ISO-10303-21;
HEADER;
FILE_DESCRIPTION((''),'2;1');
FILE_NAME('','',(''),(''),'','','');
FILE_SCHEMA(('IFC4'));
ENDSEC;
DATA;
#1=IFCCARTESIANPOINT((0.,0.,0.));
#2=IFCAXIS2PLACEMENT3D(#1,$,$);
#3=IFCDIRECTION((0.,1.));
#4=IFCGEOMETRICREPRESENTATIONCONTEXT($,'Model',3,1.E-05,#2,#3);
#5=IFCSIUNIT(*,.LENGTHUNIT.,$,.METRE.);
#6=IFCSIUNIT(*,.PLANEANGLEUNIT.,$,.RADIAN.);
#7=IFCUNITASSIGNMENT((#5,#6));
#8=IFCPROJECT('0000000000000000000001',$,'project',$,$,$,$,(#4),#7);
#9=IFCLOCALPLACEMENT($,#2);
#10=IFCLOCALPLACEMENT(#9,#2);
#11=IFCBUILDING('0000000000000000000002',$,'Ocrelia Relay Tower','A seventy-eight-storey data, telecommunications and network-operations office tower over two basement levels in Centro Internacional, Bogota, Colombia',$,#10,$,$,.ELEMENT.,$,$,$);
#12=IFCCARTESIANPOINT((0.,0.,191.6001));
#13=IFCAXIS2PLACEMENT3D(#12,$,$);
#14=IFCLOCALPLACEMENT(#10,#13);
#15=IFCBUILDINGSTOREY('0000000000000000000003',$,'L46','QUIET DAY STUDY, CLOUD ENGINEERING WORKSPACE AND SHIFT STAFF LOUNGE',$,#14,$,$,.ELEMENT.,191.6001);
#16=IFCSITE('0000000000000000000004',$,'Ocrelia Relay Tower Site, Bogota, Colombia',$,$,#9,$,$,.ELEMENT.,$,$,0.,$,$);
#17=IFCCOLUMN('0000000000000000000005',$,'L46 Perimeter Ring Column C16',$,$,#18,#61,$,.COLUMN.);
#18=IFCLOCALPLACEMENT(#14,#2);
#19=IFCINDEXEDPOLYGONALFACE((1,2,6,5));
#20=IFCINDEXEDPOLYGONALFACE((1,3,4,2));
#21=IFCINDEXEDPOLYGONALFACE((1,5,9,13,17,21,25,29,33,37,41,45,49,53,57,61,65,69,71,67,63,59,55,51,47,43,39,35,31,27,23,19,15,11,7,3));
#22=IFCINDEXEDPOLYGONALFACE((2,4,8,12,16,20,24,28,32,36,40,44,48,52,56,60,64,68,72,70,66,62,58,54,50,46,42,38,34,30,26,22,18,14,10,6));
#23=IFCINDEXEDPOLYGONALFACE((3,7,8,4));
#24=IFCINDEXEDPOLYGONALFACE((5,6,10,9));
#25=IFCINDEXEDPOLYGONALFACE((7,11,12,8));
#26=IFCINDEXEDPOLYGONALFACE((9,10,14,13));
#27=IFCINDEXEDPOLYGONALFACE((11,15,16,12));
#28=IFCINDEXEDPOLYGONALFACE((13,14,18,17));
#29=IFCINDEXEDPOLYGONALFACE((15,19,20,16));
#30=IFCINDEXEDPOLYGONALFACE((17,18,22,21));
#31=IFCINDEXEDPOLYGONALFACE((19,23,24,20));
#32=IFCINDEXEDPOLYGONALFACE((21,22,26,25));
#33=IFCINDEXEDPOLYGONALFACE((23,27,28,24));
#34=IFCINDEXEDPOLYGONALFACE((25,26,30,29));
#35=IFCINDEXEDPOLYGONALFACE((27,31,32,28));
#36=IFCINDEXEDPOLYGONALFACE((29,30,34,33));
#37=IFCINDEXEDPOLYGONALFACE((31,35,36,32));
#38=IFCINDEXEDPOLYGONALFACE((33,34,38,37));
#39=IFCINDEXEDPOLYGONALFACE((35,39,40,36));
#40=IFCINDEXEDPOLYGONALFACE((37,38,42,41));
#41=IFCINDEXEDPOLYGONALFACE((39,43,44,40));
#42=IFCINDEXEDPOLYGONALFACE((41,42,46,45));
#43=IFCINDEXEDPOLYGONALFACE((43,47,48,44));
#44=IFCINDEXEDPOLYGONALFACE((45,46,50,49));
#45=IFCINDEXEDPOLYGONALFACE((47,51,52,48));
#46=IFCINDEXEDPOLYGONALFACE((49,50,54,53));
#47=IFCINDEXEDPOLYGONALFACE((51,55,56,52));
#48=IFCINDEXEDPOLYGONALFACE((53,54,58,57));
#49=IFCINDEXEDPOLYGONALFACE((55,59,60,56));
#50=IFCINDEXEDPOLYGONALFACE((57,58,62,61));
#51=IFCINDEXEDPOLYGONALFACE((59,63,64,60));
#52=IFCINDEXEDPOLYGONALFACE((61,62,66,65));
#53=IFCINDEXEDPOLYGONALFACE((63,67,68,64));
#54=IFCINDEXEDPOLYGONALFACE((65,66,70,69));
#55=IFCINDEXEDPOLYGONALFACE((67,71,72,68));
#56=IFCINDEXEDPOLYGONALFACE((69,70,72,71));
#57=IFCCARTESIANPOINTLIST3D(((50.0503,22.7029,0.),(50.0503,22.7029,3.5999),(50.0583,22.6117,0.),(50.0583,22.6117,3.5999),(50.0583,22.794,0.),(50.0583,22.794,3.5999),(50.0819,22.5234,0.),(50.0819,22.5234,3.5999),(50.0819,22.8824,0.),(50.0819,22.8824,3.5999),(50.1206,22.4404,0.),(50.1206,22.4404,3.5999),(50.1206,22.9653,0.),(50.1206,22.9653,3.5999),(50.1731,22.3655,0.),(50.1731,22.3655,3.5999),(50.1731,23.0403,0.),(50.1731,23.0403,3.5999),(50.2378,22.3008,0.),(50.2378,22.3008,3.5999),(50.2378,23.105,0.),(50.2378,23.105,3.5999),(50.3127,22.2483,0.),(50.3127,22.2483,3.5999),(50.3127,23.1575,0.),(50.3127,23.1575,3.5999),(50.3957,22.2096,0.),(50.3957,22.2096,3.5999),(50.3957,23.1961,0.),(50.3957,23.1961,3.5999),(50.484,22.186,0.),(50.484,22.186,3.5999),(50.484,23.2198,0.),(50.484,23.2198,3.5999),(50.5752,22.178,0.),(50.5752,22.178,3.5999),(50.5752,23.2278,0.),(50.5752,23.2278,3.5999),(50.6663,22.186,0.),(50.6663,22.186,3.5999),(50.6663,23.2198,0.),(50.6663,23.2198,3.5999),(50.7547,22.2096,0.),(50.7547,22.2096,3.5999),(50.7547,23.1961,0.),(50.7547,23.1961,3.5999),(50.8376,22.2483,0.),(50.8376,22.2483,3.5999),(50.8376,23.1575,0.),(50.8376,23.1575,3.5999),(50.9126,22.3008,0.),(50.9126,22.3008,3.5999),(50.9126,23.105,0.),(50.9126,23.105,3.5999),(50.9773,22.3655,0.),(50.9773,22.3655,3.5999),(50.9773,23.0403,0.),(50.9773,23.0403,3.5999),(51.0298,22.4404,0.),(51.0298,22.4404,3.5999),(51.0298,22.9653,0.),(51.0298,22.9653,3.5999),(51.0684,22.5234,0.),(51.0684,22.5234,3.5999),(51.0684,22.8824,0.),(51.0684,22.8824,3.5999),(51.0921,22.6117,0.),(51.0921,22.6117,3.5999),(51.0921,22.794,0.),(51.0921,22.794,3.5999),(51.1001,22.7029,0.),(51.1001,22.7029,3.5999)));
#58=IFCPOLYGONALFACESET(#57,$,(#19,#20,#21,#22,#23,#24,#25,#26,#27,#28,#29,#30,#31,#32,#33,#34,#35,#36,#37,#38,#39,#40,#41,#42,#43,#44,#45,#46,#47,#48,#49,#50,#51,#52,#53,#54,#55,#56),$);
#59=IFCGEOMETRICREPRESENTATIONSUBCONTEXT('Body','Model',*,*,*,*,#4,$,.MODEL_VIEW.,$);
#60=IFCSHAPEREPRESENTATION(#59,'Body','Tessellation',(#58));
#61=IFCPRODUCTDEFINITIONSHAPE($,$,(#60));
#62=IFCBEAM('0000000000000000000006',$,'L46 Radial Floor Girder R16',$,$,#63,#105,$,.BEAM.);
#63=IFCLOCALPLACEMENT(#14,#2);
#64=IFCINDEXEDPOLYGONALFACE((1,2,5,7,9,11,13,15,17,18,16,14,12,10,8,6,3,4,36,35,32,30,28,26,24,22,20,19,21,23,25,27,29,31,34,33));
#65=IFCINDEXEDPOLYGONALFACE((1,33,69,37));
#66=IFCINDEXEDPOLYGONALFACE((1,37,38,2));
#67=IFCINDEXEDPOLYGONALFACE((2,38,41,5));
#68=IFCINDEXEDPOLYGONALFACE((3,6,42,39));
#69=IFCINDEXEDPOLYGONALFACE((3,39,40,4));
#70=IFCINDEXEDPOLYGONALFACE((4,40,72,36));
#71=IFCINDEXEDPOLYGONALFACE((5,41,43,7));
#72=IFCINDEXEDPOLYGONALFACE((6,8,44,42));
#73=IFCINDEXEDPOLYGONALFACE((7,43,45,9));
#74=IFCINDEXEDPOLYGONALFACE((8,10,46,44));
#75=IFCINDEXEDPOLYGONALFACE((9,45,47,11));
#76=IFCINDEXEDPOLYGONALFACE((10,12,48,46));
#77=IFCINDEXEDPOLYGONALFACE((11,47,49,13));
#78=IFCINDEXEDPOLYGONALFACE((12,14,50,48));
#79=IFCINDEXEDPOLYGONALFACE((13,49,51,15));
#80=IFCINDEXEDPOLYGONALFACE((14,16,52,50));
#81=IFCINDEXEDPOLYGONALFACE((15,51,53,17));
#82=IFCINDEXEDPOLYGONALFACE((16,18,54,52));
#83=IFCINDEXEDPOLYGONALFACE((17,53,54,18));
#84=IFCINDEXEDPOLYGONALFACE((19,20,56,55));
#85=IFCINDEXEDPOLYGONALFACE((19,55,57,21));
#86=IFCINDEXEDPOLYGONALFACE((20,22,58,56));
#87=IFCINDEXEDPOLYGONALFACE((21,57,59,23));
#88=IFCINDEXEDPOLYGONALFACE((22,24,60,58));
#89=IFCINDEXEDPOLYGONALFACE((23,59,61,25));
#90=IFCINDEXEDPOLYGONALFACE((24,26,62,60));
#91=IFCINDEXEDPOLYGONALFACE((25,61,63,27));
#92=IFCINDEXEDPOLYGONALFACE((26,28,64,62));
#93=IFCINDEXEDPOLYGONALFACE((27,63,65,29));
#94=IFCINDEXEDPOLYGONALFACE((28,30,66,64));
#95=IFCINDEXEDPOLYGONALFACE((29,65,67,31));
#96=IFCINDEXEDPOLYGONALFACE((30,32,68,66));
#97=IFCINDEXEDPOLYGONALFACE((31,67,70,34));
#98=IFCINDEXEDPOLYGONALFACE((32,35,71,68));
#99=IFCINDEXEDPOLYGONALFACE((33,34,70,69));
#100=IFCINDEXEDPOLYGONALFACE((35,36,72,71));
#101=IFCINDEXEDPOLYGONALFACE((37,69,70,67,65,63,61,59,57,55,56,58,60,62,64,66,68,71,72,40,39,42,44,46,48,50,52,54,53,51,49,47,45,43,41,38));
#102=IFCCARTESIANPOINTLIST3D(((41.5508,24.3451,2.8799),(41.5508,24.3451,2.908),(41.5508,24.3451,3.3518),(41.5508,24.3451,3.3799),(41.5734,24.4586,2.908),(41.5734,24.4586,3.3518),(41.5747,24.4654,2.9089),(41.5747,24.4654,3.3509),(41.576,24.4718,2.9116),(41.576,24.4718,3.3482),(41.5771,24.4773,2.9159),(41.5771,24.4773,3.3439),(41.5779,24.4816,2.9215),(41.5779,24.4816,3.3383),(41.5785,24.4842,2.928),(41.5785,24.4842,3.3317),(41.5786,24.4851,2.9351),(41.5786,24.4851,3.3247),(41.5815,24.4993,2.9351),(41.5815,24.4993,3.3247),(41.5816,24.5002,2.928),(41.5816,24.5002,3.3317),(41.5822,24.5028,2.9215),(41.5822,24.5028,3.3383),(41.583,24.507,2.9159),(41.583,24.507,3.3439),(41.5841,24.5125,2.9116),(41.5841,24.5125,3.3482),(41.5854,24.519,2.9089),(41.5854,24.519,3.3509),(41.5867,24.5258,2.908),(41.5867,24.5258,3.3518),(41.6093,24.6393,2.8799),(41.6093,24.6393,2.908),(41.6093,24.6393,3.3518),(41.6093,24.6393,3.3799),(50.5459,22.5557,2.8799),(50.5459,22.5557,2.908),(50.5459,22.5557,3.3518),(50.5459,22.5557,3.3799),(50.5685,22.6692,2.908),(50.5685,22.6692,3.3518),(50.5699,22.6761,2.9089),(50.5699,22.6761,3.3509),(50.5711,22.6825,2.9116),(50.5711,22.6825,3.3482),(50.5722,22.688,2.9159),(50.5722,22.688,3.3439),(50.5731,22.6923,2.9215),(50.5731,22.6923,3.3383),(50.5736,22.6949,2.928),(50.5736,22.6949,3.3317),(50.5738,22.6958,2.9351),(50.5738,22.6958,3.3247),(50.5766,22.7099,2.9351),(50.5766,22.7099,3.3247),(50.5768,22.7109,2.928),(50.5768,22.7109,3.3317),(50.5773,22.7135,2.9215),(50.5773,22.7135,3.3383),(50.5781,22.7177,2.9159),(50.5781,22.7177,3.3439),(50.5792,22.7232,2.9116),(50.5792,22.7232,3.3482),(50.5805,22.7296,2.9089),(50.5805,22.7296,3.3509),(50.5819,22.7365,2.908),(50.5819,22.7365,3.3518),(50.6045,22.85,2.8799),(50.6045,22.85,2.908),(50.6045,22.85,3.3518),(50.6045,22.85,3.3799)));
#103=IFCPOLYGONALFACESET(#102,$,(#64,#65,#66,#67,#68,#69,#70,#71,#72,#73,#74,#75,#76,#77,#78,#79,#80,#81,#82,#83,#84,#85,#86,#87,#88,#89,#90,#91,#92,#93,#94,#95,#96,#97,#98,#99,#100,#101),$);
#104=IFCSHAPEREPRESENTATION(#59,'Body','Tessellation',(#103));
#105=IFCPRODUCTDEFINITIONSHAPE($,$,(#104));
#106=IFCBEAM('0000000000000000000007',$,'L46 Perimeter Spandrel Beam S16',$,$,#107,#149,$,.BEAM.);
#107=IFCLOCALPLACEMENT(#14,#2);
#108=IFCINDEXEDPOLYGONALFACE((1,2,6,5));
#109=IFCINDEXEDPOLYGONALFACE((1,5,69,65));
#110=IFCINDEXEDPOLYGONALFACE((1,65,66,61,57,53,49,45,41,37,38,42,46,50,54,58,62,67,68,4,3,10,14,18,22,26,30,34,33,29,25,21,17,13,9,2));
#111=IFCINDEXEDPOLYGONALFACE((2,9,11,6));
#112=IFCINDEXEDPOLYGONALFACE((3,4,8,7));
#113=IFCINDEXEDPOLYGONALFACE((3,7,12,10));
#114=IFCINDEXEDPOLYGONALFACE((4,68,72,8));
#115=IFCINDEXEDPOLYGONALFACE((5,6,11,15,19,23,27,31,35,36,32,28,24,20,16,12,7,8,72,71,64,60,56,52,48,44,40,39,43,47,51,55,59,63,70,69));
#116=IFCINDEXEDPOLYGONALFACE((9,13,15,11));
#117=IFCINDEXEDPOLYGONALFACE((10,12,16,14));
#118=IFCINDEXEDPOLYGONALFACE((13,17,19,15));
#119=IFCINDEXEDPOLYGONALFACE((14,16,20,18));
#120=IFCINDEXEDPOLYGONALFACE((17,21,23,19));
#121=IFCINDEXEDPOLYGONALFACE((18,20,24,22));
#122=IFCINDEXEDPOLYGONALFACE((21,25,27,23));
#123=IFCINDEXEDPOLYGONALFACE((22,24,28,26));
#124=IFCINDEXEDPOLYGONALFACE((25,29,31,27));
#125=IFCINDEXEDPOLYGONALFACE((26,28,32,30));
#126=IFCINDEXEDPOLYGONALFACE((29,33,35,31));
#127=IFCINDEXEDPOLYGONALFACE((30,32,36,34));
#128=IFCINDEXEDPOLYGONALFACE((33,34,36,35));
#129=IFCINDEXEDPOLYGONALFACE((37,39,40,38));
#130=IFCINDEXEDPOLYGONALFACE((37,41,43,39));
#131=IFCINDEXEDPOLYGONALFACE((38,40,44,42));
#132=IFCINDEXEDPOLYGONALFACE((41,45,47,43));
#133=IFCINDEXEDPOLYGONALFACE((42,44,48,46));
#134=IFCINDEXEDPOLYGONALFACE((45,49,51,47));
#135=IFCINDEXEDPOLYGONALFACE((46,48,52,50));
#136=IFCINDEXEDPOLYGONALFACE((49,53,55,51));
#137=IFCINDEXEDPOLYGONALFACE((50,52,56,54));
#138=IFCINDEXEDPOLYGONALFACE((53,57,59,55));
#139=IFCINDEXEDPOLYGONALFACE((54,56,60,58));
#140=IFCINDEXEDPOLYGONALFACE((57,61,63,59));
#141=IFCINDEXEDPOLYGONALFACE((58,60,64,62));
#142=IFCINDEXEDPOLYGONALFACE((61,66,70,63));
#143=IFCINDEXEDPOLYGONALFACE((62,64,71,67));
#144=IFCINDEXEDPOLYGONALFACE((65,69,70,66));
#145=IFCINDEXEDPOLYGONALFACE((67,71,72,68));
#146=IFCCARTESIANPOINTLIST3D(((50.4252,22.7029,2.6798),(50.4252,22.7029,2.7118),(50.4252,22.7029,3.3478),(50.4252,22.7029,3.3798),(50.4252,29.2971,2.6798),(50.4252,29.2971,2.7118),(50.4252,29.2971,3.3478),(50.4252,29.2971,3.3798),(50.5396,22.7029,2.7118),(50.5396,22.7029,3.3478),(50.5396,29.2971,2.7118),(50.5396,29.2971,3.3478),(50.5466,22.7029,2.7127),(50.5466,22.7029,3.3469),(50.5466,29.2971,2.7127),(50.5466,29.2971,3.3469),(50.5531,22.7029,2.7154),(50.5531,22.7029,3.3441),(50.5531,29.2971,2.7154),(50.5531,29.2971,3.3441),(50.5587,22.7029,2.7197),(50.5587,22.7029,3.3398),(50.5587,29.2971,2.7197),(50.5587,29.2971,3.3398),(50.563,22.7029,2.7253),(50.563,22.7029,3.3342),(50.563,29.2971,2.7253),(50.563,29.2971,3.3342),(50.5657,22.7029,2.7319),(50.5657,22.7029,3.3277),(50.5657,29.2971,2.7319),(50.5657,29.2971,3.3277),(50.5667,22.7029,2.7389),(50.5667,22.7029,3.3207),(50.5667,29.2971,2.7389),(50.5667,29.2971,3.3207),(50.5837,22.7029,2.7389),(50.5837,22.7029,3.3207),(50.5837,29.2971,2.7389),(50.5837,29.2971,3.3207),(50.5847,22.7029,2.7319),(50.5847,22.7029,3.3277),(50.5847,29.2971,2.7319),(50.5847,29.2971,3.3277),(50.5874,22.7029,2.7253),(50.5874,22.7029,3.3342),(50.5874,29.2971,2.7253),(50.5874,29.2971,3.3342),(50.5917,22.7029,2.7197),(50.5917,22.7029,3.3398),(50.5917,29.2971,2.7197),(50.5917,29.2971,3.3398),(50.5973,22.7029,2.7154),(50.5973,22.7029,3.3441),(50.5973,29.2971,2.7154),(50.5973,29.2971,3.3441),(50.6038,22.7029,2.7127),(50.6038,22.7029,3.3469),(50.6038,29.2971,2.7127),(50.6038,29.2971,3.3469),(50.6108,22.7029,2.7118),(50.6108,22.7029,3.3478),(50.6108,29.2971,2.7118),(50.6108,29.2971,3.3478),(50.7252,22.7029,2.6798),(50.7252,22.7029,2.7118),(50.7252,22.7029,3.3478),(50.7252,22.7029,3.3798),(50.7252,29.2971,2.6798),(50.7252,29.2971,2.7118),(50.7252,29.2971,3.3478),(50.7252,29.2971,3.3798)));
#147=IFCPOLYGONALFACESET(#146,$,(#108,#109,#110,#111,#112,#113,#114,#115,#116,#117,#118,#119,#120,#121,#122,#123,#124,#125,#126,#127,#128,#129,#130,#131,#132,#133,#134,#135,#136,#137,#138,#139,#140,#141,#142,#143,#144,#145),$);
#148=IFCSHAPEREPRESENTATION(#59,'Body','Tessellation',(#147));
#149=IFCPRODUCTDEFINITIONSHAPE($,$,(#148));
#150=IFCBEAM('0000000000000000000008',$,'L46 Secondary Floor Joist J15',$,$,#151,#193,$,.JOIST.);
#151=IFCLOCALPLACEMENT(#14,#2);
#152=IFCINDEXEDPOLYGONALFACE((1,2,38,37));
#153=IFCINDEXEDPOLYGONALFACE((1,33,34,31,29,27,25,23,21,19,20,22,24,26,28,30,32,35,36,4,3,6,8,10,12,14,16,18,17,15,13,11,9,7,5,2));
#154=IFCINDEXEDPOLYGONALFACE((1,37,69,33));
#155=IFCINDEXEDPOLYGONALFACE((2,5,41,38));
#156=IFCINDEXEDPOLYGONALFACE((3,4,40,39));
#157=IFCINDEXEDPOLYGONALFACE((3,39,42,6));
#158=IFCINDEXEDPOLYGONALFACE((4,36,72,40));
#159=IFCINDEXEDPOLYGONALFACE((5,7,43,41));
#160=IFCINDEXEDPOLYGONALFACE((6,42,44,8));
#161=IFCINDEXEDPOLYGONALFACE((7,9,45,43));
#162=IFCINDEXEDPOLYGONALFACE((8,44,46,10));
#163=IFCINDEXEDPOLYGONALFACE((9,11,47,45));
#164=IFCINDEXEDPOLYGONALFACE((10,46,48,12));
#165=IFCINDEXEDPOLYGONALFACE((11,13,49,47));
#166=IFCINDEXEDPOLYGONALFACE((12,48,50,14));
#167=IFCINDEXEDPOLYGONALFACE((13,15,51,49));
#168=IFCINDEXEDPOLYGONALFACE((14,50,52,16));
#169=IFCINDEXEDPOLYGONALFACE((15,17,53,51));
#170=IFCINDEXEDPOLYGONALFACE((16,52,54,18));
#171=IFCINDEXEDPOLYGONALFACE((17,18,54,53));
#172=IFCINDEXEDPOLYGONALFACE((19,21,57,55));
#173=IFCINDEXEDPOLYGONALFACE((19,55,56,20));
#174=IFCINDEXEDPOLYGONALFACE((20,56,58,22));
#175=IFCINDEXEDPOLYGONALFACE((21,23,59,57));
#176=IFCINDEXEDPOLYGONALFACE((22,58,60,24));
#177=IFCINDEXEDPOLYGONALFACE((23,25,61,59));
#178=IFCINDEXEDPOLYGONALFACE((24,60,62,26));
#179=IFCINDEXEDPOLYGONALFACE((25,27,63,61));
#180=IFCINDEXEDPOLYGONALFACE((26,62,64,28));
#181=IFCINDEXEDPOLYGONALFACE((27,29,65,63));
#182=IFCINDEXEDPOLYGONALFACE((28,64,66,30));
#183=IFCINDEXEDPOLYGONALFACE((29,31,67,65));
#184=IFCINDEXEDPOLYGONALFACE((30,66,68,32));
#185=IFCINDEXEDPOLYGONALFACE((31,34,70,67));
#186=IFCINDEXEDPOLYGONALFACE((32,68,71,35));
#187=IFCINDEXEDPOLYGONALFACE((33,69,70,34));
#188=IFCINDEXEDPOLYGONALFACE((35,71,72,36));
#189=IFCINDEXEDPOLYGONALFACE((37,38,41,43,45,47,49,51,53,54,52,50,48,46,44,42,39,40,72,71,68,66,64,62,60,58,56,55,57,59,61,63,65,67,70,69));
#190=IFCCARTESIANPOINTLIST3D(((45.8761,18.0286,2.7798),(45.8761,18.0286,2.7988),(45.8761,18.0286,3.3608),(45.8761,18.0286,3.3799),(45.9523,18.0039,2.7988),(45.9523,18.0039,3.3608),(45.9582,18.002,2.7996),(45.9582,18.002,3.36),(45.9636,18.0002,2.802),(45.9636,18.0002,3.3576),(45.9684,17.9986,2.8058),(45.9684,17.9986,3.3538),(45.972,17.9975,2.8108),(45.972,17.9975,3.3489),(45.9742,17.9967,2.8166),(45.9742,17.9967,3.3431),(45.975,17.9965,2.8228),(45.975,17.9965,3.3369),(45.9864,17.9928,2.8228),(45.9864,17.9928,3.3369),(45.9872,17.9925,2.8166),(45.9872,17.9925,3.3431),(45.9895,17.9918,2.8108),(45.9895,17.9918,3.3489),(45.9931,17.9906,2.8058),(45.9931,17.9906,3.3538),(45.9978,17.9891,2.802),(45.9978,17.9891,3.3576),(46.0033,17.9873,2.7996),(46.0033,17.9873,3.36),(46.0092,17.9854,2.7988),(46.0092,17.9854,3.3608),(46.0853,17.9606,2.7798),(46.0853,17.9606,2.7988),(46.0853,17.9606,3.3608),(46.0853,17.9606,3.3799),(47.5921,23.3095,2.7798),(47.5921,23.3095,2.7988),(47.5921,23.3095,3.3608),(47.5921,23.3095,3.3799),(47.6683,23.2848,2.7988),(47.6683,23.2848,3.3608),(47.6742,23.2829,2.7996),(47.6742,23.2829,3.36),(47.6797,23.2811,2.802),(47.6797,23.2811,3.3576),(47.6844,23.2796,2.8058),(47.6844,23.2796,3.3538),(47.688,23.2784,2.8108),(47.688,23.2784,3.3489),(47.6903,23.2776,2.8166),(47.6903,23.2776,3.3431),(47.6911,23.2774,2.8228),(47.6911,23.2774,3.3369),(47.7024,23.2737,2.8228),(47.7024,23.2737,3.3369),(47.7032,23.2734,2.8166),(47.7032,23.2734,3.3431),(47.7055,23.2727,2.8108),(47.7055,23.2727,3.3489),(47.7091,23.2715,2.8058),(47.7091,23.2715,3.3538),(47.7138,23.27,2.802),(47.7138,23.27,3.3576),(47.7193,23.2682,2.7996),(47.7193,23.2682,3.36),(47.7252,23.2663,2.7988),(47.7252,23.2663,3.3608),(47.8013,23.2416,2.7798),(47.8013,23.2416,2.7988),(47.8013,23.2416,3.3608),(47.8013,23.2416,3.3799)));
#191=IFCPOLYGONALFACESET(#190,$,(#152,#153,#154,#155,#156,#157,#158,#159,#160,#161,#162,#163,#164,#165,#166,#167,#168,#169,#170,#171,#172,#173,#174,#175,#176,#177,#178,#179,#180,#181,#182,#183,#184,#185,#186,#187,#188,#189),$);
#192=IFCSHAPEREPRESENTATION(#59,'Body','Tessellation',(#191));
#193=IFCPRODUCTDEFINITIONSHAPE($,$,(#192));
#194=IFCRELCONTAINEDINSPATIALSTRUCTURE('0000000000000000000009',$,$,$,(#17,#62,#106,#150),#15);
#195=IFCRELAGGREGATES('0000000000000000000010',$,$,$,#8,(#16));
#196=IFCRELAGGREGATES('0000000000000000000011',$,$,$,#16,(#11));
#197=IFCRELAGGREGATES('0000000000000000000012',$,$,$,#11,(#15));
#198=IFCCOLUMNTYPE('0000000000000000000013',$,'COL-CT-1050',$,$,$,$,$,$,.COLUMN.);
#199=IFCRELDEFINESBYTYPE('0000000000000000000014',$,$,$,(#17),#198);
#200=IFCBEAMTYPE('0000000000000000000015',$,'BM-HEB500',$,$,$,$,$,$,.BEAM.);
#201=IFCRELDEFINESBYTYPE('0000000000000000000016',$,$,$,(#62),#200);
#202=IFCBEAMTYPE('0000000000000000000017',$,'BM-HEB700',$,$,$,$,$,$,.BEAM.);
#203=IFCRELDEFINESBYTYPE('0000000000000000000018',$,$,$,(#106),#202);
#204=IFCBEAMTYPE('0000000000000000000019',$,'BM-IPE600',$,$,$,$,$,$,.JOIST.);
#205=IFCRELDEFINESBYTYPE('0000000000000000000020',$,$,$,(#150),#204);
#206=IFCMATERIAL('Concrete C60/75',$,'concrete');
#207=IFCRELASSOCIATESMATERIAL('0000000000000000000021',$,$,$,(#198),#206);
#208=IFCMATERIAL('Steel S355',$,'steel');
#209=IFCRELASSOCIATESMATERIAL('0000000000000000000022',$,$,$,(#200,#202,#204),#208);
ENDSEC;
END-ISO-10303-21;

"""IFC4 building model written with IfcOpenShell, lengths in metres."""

from ifc_helpers import new_model, si_unit, direction, frame, origin, origin_2d, place, context, subcontext, project, spatial, circle, i_section, extrude, material, material_profile, profile_set, type_object, element, save


model = new_model("IFC4")

# Units and contexts
model_context = context("Model", 3, precision=1e-05, world=origin(), true_north=direction((0.0, 1.0)))
body_context = subcontext(model_context, "Body", "Model", "MODEL_VIEW")
ifc_project = project(units=[si_unit("LENGTHUNIT", "METRE"), si_unit("PLANEANGLEUNIT", "RADIAN")], contexts=[model_context])

# Site, building, storey
site_placement = place(None, origin())
site = spatial("IfcSite", under=ifc_project, at=site_placement, Name="Ocrelia Relay Tower Site, Bogota, Colombia", CompositionType="ELEMENT", RefElevation=0.0)
building_placement = place(site_placement, origin())
building = spatial("IfcBuilding", under=site, at=building_placement, Name="Ocrelia Relay Tower", Description="A seventy-eight-storey data, telecommunications and network-operations office tower over two basement levels in Centro Internacional, Bogota, Colombia", CompositionType="ELEMENT")
storey_placement = place(building_placement, frame((0.0, 0.0, 191.6001)))
storey = spatial("IfcBuildingStorey", under=building, at=storey_placement, Name="L46", Description="QUIET DAY STUDY, CLOUD ENGINEERING WORKSPACE AND SHIFT STAFF LOUNGE", CompositionType="ELEMENT", Elevation=191.6001)

# Column
ifc_material_1 = material(Name="Concrete C60/75", Category="concrete")
ifc_material_profile_1 = material_profile(ifc_material_1, circle(Radius=0.5249, at=origin_2d()), Name="RC-CIR-1050")
ifc_profile_set_1 = profile_set([ifc_material_profile_1], Name="Concrete C60/75")
column_type = type_object("IfcColumnType", Name="COL-CT-1050", PredefinedType="COLUMN", material=ifc_profile_set_1)
column_placement = place(storey_placement, frame((50.5752, 22.7029, 0.0), z_axis=(0.0, 0.0, 1.0), x_axis=(1.0, 0.0, 0.0)))
element("IfcColumn", 1, at=column_placement, inside=storey, type_object=column_type, Name="L46 Perimeter Ring Column C16", PredefinedType="COLUMN", context=body_context, shape_type="SweptSolid", body=[
    extrude(circle(Radius=0.5249, at=origin_2d()), origin(), (0.0, 0.0, 1.0), 3.5999),
])

# Beams
ifc_material_2 = material(Name="Steel S355", Category="steel")
ifc_material_profile_2 = material_profile(ifc_material_2, i_section(OverallWidth=0.3, OverallDepth=0.5, WebThickness=0.0144, FlangeThickness=0.0281, FilletRadius=0.0271, at=origin_2d()), Name="HEB 500")
ifc_profile_set_2 = profile_set([ifc_material_profile_2], Name="Steel S355")
beam_type_1 = type_object("IfcBeamType", Name="BM-HEB500", PredefinedType="BEAM", material=ifc_profile_set_2)
beam_1_placement = place(storey_placement, frame((50.5752, 22.7029, 3.1299), z_axis=(-0.980784, 0.195097, 0.0), x_axis=(-0.195097, -0.980784, 0.0)))
element("IfcBeam", 2, at=beam_1_placement, inside=storey, type_object=beam_type_1, Name="L46 Radial Floor Girder R16", PredefinedType="BEAM", context=body_context, shape_type="SweptSolid", body=[
    extrude(i_section(OverallWidth=0.3, OverallDepth=0.5, WebThickness=0.0144, FlangeThickness=0.0281, FilletRadius=0.0271, at=origin_2d()), origin(), (0.0, 0.0, 1.0), 9.1714),
])
ifc_material_profile_3 = material_profile(ifc_material_2, i_section(OverallWidth=0.3, OverallDepth=0.7, WebThickness=0.0171, FlangeThickness=0.032, FilletRadius=0.0271, at=origin_2d()), Name="HEB 700")
ifc_profile_set_3 = profile_set([ifc_material_profile_3], Name="Steel S355")
beam_type_2 = type_object("IfcBeamType", Name="BM-HEB700", PredefinedType="BEAM", material=ifc_profile_set_3)
beam_2_placement = place(storey_placement, frame((50.5752, 22.7029, 3.0298), z_axis=(0.0, 1.0, 0.0), x_axis=(-1.0, 0.0, 0.0)))
element("IfcBeam", 3, at=beam_2_placement, inside=storey, type_object=beam_type_2, Name="L46 Perimeter Spandrel Beam S16", PredefinedType="BEAM", context=body_context, shape_type="SweptSolid", body=[
    extrude(i_section(OverallWidth=0.3, OverallDepth=0.7, WebThickness=0.0171, FlangeThickness=0.032, FilletRadius=0.0271, at=origin_2d()), origin(), (0.0, 0.0, 1.0), 6.5942),
])
ifc_material_profile_4 = material_profile(ifc_material_2, i_section(OverallWidth=0.22, OverallDepth=0.6001, WebThickness=0.012, FlangeThickness=0.019, FilletRadius=0.0239, at=origin_2d()), Name="IPE 600")
ifc_profile_set_4 = profile_set([ifc_material_profile_4], Name="Steel S355")
beam_type_3 = type_object("IfcBeamType", Name="BM-IPE600", PredefinedType="JOIST", material=ifc_profile_set_4)
beam_3_placement = place(storey_placement, frame((45.9807, 17.9946, 3.0798), z_axis=(0.309043, 0.951048, 0.0), x_axis=(-0.951048, 0.309043, 0.0)))
element("IfcBeam", 4, at=beam_3_placement, inside=storey, type_object=beam_type_3, Name="L46 Secondary Floor Joist J15", PredefinedType="JOIST", context=body_context, shape_type="SweptSolid", body=[
    extrude(i_section(OverallWidth=0.22, OverallDepth=0.6001, WebThickness=0.012, FlangeThickness=0.019, FilletRadius=0.0239, at=origin_2d()), origin(), (0.0, 0.0, 1.0), 5.5527),
])

save(model, "model.ifc")
